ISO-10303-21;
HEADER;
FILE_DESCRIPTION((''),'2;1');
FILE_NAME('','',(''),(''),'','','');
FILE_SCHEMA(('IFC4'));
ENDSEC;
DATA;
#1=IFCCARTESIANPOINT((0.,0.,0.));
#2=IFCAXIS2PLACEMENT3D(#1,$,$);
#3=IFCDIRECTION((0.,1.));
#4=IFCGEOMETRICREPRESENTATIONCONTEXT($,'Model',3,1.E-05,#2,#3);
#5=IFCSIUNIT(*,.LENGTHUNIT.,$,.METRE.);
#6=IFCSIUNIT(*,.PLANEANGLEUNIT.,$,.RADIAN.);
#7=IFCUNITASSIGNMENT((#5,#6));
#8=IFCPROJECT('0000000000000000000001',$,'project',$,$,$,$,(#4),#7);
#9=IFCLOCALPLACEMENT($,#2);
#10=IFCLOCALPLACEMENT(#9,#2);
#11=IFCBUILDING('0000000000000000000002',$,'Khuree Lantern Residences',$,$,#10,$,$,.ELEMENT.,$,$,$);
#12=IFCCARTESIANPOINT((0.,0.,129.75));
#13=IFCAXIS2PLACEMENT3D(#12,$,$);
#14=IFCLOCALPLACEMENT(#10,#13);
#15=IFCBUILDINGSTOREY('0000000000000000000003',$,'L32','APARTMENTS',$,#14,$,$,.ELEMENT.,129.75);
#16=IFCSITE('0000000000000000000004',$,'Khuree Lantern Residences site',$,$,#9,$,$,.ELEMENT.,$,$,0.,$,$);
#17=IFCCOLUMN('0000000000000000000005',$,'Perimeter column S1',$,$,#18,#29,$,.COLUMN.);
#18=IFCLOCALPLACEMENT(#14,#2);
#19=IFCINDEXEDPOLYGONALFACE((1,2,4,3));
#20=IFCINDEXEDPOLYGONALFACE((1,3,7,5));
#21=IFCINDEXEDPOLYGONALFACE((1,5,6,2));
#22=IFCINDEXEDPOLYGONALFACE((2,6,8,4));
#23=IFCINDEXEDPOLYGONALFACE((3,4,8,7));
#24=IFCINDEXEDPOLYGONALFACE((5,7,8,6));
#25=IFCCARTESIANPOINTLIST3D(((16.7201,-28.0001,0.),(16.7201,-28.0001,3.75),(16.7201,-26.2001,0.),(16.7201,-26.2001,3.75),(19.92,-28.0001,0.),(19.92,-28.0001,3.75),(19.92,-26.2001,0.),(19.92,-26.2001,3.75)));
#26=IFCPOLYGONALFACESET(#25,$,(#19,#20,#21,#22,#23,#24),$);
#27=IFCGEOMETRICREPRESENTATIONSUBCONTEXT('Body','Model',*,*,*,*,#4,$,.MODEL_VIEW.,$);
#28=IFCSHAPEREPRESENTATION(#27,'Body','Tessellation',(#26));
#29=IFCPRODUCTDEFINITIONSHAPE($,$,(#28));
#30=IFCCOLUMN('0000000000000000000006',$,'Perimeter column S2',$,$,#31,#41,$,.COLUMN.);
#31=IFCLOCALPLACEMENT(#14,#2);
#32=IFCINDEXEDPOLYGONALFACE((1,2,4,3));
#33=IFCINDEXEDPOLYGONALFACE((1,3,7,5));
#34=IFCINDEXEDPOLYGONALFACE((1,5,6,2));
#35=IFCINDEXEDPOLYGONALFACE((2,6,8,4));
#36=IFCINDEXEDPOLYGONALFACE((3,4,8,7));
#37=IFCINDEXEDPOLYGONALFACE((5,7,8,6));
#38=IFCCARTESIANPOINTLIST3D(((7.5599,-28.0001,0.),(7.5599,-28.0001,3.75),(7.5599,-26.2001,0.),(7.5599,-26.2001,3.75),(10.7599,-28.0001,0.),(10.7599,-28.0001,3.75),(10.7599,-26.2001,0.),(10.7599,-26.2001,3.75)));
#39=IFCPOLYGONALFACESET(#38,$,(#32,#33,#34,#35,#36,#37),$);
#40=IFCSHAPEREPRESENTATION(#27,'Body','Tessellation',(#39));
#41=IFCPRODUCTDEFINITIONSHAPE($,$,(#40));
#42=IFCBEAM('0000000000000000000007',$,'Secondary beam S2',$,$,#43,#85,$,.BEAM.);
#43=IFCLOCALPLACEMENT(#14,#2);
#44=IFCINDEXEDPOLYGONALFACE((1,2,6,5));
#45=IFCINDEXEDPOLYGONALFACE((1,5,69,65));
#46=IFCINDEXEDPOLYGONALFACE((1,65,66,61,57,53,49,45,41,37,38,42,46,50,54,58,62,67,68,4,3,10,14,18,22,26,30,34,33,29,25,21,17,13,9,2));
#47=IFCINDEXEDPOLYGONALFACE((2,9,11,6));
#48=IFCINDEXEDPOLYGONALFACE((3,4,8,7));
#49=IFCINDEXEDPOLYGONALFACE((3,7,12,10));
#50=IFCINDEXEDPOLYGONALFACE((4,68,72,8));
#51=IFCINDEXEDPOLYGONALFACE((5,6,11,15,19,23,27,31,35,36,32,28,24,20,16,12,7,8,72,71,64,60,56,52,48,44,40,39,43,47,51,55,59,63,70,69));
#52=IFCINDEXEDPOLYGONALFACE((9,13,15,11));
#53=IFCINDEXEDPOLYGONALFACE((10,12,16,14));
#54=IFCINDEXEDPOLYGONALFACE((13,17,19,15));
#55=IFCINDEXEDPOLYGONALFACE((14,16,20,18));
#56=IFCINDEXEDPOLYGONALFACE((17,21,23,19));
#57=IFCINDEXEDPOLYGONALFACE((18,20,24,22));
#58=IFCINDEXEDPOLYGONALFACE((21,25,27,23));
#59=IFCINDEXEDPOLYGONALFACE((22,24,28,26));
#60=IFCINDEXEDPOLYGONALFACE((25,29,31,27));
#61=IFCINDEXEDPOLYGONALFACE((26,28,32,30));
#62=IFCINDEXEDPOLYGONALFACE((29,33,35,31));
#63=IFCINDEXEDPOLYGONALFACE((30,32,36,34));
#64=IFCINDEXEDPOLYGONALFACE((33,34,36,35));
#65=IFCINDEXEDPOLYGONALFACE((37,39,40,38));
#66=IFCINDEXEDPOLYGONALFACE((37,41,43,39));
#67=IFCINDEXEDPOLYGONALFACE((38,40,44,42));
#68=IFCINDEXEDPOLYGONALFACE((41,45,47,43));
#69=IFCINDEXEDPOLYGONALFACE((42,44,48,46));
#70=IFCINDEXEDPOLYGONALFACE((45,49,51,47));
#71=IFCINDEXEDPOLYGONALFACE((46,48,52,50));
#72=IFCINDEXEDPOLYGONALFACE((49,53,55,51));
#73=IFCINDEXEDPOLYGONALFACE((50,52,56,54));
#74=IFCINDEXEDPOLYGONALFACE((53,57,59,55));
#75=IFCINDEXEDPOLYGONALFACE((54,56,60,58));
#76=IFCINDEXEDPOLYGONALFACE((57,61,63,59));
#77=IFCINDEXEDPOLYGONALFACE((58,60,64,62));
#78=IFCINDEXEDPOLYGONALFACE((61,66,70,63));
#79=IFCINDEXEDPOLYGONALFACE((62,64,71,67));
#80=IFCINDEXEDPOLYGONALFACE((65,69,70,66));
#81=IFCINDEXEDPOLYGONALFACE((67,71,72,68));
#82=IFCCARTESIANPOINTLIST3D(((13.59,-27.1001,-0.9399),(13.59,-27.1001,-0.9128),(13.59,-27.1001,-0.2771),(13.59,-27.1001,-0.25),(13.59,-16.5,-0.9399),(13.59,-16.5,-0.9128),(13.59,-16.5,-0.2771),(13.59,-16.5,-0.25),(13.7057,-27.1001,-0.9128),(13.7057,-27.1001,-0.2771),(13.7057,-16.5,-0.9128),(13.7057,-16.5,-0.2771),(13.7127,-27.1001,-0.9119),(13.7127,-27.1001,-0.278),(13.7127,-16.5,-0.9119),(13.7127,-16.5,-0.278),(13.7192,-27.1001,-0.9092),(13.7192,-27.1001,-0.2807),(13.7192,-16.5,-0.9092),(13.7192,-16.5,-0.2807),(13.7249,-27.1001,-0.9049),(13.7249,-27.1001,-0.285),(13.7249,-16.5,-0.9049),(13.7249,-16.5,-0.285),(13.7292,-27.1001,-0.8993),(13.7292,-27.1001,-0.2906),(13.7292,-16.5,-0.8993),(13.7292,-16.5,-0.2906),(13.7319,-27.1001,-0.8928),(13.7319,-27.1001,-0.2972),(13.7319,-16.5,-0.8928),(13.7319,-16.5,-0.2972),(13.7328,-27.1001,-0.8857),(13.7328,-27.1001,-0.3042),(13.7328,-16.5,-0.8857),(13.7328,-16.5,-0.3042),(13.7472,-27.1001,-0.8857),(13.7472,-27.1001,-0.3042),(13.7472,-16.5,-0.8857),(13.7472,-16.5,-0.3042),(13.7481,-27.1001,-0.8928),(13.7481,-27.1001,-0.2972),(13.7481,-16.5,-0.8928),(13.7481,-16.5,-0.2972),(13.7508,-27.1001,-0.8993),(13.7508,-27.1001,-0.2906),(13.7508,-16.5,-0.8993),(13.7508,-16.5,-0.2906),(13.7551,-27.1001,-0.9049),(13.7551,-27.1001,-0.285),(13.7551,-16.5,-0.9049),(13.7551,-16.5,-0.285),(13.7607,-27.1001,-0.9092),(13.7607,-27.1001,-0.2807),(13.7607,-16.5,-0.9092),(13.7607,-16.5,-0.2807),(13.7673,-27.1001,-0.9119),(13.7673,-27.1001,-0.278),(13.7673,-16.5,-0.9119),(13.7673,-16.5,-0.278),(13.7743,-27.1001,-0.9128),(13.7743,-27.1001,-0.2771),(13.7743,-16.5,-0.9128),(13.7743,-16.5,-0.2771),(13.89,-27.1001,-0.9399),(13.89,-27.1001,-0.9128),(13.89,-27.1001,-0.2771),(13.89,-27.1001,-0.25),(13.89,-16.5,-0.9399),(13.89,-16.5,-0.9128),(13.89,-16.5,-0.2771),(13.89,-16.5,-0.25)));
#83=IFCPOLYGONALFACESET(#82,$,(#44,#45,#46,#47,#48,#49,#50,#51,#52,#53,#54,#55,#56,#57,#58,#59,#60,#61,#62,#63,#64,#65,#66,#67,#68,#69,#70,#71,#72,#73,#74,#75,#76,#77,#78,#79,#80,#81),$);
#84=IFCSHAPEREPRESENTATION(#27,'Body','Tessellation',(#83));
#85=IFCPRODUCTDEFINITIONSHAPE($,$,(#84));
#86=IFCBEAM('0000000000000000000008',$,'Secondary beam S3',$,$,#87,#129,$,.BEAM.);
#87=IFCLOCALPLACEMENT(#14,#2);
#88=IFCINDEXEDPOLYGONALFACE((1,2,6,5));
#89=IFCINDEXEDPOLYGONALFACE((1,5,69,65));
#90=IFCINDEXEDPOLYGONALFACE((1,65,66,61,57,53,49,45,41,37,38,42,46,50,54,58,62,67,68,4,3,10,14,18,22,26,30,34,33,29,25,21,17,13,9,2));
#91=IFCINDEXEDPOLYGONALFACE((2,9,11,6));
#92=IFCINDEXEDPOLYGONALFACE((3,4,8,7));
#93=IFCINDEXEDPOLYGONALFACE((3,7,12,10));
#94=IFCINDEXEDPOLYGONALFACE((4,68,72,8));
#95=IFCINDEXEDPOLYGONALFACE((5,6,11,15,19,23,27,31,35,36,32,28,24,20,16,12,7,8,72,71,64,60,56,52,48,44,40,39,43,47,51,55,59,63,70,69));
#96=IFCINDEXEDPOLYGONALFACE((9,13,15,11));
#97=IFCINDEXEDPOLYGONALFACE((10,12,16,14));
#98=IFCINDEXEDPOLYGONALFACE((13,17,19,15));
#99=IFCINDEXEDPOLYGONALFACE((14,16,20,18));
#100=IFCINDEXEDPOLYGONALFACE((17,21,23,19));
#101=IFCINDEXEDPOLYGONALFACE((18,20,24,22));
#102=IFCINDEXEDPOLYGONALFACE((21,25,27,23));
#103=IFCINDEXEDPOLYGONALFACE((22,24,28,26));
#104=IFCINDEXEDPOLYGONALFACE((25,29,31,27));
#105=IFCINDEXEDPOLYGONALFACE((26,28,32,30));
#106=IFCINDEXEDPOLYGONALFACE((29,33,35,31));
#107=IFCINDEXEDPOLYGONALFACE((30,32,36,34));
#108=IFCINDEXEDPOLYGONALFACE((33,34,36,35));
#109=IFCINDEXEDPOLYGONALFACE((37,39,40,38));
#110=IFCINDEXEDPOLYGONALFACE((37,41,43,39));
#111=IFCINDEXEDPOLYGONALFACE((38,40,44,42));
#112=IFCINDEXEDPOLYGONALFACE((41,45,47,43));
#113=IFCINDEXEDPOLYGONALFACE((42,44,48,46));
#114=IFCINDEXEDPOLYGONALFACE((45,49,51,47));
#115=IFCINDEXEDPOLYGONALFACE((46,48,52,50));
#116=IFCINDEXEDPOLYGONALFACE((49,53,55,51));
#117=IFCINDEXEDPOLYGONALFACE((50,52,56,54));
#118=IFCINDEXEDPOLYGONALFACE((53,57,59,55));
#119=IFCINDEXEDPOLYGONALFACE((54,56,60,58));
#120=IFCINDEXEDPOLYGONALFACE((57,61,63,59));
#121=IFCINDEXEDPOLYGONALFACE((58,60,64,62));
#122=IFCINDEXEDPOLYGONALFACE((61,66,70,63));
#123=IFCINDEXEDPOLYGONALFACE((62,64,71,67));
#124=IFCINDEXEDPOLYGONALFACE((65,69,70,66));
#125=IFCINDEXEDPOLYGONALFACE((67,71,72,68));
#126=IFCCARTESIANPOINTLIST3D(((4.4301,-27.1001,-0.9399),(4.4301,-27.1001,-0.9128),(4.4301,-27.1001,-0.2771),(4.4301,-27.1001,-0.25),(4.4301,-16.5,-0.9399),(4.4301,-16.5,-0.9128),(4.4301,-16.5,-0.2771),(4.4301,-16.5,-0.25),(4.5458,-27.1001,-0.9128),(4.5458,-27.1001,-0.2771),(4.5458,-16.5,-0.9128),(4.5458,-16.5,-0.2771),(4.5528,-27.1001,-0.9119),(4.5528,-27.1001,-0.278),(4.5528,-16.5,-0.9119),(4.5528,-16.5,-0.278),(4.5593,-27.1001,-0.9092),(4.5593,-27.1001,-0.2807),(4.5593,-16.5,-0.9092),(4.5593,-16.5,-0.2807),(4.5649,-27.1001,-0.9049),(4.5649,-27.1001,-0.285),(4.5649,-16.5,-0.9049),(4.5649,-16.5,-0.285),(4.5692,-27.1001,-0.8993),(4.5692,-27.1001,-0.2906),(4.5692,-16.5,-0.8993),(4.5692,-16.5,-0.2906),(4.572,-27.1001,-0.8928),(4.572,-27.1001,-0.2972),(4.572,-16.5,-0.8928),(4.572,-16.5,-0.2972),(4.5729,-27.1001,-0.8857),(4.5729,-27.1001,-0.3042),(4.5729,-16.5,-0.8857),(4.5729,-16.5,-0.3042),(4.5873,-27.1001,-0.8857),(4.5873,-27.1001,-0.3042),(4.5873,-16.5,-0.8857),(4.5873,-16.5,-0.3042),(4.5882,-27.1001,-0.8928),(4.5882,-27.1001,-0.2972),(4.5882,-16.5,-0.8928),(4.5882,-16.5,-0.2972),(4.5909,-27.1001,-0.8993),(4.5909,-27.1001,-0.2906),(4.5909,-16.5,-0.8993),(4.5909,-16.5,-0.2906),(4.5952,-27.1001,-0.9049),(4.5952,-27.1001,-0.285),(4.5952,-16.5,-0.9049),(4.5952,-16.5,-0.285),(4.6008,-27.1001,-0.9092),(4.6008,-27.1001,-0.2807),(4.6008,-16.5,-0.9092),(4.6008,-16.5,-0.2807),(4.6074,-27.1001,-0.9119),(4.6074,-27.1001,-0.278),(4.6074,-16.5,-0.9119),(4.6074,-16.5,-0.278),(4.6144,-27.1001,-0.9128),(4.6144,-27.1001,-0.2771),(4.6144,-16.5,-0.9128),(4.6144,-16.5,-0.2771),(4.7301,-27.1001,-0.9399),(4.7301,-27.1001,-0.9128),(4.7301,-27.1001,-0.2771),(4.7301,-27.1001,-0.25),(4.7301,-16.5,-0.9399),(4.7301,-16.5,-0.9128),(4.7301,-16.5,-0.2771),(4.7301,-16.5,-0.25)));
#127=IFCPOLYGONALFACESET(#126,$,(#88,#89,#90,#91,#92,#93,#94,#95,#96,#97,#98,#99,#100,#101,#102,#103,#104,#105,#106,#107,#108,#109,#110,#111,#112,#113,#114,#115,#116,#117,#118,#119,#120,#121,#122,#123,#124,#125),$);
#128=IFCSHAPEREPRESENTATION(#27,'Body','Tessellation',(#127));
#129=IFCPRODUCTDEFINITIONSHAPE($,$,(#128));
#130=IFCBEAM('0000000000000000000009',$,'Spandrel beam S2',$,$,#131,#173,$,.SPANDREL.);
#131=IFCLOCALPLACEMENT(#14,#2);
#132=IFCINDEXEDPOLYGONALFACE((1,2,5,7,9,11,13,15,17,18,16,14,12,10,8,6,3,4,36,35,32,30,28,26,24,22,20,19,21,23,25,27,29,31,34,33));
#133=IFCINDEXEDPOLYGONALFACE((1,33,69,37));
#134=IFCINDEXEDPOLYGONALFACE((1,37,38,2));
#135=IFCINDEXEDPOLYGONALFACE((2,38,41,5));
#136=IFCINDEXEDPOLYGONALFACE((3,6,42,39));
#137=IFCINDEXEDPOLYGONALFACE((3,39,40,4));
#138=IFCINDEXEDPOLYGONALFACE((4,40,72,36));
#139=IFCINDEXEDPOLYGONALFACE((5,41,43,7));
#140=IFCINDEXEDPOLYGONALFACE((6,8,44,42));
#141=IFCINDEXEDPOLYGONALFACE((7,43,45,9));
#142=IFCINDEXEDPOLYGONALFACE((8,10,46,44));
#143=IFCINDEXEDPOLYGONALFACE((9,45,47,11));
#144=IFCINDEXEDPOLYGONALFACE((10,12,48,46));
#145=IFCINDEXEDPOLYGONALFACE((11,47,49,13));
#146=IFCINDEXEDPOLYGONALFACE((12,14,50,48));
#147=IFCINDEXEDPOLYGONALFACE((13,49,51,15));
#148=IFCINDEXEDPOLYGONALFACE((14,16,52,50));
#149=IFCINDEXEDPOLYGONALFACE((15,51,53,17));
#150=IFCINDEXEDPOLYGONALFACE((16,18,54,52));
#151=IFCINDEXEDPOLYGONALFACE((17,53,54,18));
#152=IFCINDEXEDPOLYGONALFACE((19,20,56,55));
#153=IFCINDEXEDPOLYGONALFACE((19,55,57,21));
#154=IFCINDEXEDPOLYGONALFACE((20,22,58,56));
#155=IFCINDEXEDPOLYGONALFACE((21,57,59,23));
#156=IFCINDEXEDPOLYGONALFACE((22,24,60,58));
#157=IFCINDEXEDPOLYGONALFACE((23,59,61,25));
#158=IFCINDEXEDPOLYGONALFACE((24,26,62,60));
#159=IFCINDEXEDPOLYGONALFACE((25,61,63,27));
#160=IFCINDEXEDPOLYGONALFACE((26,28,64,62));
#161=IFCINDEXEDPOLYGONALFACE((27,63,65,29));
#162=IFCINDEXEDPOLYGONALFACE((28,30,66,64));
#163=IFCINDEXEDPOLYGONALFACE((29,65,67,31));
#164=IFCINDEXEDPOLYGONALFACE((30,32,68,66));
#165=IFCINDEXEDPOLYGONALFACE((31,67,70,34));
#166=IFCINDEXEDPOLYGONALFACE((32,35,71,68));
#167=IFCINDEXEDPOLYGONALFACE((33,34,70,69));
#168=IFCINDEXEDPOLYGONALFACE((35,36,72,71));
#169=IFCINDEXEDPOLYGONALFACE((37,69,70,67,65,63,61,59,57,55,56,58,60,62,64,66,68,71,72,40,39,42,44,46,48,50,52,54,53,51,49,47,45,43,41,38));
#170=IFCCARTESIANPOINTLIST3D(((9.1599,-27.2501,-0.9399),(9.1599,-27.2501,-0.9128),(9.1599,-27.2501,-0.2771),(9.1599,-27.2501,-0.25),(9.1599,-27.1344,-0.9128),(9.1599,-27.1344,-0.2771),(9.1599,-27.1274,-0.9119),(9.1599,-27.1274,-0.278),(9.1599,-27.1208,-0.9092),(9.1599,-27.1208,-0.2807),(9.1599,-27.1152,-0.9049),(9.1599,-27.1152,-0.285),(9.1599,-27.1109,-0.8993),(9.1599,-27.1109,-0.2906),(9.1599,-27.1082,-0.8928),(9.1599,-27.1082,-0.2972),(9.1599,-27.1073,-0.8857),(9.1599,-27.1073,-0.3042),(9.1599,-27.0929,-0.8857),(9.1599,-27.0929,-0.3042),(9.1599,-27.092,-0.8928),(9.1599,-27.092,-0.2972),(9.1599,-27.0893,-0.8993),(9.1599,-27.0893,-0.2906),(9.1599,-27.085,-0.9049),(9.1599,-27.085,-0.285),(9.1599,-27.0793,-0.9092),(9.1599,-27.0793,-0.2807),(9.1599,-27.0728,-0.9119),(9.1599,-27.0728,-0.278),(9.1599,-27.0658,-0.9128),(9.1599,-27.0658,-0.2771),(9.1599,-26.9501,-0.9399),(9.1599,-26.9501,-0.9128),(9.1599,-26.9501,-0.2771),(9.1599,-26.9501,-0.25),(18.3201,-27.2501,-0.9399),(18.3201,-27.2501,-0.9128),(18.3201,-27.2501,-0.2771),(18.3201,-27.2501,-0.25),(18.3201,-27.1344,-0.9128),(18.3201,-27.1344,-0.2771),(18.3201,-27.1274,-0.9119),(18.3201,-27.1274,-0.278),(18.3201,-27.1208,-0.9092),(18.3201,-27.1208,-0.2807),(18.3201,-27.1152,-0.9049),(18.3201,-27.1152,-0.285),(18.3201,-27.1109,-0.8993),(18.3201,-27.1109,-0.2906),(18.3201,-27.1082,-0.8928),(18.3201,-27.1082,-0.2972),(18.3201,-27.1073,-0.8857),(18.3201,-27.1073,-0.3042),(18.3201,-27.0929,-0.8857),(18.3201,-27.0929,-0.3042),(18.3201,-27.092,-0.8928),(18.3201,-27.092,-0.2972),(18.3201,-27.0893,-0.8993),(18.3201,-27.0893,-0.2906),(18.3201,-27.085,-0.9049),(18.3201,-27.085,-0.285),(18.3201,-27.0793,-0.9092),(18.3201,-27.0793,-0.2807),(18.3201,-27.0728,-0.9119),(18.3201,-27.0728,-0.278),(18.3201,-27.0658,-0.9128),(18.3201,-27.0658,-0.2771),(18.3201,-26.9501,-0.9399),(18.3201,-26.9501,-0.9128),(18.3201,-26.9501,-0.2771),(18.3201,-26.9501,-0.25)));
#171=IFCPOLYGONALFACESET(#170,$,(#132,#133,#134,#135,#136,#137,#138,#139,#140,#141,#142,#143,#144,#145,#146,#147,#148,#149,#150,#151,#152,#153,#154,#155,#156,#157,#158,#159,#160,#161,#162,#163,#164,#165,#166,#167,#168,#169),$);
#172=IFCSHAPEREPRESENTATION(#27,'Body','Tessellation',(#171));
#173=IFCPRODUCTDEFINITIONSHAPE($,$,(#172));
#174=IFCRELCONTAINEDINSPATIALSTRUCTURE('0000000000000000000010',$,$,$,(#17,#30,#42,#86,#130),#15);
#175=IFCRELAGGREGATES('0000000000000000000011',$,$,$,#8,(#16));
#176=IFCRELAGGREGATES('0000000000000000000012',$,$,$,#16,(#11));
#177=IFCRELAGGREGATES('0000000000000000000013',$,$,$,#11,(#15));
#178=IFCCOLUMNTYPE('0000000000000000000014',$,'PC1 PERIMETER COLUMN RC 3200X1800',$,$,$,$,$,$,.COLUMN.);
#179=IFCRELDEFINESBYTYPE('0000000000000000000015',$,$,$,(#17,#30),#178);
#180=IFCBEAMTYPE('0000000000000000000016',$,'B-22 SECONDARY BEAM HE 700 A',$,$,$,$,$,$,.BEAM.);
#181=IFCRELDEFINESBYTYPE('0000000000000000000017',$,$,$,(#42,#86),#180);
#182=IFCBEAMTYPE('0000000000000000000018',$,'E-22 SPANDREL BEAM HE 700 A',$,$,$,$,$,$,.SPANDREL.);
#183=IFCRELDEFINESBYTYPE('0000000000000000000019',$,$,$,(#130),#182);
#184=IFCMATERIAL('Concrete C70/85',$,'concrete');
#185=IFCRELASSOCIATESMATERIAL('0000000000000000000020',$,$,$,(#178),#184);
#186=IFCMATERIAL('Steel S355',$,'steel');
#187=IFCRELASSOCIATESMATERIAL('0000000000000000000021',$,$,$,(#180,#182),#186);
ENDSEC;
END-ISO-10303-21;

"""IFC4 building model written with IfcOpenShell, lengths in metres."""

from ifc_helpers import new_model, si_unit, direction, frame, origin, origin_2d, place, context, subcontext, project, spatial, rectangle, i_section, extrude, material, material_profile, profile_set, type_object, element, save


model = new_model("IFC4")

# Units and contexts
model_context = context("Model", 3, precision=1e-05, world=origin(), true_north=direction((0.0, 1.0)))
body_context = subcontext(model_context, "Body", "Model", "MODEL_VIEW")
ifc_project = project(units=[si_unit("LENGTHUNIT", "METRE"), si_unit("PLANEANGLEUNIT", "RADIAN")], contexts=[model_context])

# Site, building, storey
site_placement = place(None, origin())
site = spatial("IfcSite", under=ifc_project, at=site_placement, Name="Khuree Lantern Residences site", CompositionType="ELEMENT", RefElevation=0.0)
building_placement = place(site_placement, origin())
building = spatial("IfcBuilding", under=site, at=building_placement, Name="Khuree Lantern Residences", CompositionType="ELEMENT")
storey_placement = place(building_placement, frame((0.0, 0.0, 129.75)))
storey = spatial("IfcBuildingStorey", under=building, at=storey_placement, Name="L32", Description="APARTMENTS", CompositionType="ELEMENT", Elevation=129.75)

# Columns
ifc_material_1 = material(Name="Concrete C70/85", Category="concrete")
ifc_material_profile_1 = material_profile(ifc_material_1, rectangle(XDim=3.2, YDim=1.8, at=origin_2d()), Name="RC 3200X1800")
ifc_profile_set_1 = profile_set([ifc_material_profile_1], Name="Concrete C70/85")
column_type = type_object("IfcColumnType", Name="PC1 PERIMETER COLUMN RC 3200X1800", PredefinedType="COLUMN", material=ifc_profile_set_1)
for number, where, z_axis, x_axis, name in (
    (1, (18.3201, -27.1001, 0.0), (0.0, 0.0, 1.0), (1.0, 0.0, 0.0), "Perimeter column S1"),
    (2, (9.1599, -27.1001, 0.0), (0.0, 0.0, 1.0), (1.0, 0.0, 0.0), "Perimeter column S2"),
):
    element("IfcColumn", number, at=place(storey_placement, frame(where, z_axis=z_axis, x_axis=x_axis)), inside=storey, type_object=column_type, Name=name, PredefinedType="COLUMN", context=body_context, shape_type="SweptSolid", body=[
        extrude(rectangle(XDim=3.2, YDim=1.8, at=origin_2d()), origin(), (0.0, 0.0, 1.0), 3.75),
    ])

# Beams
ifc_material_2 = material(Name="Steel S355", Category="steel")
ifc_material_profile_2 = material_profile(ifc_material_2, i_section(OverallWidth=0.3, OverallDepth=0.6899, WebThickness=0.0144, FlangeThickness=0.0271, FilletRadius=0.0271, at=origin_2d()), Name="HE 700 A")
ifc_profile_set_2 = profile_set([ifc_material_profile_2], Name="Steel S355")
beam_type_1 = type_object("IfcBeamType", Name="B-22 SECONDARY BEAM HE 700 A", PredefinedType="BEAM", material=ifc_profile_set_2)
for number, where, z_axis, x_axis, name in (
    (3, (13.74, -27.1001, -0.595), (0.0, 1.0, 0.0), (-1.0, 0.0, 0.0), "Secondary beam S2"),
    (4, (4.5801, -27.1001, -0.595), (0.0, 1.0, 0.0), (-1.0, 0.0, 0.0), "Secondary beam S3"),
):
    element("IfcBeam", number, at=place(storey_placement, frame(where, z_axis=z_axis, x_axis=x_axis)), inside=storey, type_object=beam_type_1, Name=name, PredefinedType="BEAM", context=body_context, shape_type="SweptSolid", body=[
        extrude(i_section(OverallWidth=0.3, OverallDepth=0.6899, WebThickness=0.0144, FlangeThickness=0.0271, FilletRadius=0.0271, at=origin_2d()), origin(), (0.0, 0.0, 1.0), 10.6001),
    ])
ifc_material_profile_3 = material_profile(ifc_material_2, i_section(OverallWidth=0.3, OverallDepth=0.6899, WebThickness=0.0144, FlangeThickness=0.0271, FilletRadius=0.0271, at=origin_2d()), Name="HE 700 A")
ifc_profile_set_3 = profile_set([ifc_material_profile_3], Name="Steel S355")
beam_type_2 = type_object("IfcBeamType", Name="E-22 SPANDREL BEAM HE 700 A", PredefinedType="SPANDREL", material=ifc_profile_set_3)
beam_1_placement = place(storey_placement, frame((18.3201, -27.1001, -0.595), z_axis=(-1.0, 0.0, 0.0), x_axis=(0.0, -1.0, 0.0)))
element("IfcBeam", 5, at=beam_1_placement, inside=storey, type_object=beam_type_2, Name="Spandrel beam S2", PredefinedType="SPANDREL", context=body_context, shape_type="SweptSolid", body=[
    extrude(i_section(OverallWidth=0.3, OverallDepth=0.6899, WebThickness=0.0144, FlangeThickness=0.0271, FilletRadius=0.0271, at=origin_2d()), origin(), (0.0, 0.0, 1.0), 9.1602),
])

save(model, "model.ifc")
